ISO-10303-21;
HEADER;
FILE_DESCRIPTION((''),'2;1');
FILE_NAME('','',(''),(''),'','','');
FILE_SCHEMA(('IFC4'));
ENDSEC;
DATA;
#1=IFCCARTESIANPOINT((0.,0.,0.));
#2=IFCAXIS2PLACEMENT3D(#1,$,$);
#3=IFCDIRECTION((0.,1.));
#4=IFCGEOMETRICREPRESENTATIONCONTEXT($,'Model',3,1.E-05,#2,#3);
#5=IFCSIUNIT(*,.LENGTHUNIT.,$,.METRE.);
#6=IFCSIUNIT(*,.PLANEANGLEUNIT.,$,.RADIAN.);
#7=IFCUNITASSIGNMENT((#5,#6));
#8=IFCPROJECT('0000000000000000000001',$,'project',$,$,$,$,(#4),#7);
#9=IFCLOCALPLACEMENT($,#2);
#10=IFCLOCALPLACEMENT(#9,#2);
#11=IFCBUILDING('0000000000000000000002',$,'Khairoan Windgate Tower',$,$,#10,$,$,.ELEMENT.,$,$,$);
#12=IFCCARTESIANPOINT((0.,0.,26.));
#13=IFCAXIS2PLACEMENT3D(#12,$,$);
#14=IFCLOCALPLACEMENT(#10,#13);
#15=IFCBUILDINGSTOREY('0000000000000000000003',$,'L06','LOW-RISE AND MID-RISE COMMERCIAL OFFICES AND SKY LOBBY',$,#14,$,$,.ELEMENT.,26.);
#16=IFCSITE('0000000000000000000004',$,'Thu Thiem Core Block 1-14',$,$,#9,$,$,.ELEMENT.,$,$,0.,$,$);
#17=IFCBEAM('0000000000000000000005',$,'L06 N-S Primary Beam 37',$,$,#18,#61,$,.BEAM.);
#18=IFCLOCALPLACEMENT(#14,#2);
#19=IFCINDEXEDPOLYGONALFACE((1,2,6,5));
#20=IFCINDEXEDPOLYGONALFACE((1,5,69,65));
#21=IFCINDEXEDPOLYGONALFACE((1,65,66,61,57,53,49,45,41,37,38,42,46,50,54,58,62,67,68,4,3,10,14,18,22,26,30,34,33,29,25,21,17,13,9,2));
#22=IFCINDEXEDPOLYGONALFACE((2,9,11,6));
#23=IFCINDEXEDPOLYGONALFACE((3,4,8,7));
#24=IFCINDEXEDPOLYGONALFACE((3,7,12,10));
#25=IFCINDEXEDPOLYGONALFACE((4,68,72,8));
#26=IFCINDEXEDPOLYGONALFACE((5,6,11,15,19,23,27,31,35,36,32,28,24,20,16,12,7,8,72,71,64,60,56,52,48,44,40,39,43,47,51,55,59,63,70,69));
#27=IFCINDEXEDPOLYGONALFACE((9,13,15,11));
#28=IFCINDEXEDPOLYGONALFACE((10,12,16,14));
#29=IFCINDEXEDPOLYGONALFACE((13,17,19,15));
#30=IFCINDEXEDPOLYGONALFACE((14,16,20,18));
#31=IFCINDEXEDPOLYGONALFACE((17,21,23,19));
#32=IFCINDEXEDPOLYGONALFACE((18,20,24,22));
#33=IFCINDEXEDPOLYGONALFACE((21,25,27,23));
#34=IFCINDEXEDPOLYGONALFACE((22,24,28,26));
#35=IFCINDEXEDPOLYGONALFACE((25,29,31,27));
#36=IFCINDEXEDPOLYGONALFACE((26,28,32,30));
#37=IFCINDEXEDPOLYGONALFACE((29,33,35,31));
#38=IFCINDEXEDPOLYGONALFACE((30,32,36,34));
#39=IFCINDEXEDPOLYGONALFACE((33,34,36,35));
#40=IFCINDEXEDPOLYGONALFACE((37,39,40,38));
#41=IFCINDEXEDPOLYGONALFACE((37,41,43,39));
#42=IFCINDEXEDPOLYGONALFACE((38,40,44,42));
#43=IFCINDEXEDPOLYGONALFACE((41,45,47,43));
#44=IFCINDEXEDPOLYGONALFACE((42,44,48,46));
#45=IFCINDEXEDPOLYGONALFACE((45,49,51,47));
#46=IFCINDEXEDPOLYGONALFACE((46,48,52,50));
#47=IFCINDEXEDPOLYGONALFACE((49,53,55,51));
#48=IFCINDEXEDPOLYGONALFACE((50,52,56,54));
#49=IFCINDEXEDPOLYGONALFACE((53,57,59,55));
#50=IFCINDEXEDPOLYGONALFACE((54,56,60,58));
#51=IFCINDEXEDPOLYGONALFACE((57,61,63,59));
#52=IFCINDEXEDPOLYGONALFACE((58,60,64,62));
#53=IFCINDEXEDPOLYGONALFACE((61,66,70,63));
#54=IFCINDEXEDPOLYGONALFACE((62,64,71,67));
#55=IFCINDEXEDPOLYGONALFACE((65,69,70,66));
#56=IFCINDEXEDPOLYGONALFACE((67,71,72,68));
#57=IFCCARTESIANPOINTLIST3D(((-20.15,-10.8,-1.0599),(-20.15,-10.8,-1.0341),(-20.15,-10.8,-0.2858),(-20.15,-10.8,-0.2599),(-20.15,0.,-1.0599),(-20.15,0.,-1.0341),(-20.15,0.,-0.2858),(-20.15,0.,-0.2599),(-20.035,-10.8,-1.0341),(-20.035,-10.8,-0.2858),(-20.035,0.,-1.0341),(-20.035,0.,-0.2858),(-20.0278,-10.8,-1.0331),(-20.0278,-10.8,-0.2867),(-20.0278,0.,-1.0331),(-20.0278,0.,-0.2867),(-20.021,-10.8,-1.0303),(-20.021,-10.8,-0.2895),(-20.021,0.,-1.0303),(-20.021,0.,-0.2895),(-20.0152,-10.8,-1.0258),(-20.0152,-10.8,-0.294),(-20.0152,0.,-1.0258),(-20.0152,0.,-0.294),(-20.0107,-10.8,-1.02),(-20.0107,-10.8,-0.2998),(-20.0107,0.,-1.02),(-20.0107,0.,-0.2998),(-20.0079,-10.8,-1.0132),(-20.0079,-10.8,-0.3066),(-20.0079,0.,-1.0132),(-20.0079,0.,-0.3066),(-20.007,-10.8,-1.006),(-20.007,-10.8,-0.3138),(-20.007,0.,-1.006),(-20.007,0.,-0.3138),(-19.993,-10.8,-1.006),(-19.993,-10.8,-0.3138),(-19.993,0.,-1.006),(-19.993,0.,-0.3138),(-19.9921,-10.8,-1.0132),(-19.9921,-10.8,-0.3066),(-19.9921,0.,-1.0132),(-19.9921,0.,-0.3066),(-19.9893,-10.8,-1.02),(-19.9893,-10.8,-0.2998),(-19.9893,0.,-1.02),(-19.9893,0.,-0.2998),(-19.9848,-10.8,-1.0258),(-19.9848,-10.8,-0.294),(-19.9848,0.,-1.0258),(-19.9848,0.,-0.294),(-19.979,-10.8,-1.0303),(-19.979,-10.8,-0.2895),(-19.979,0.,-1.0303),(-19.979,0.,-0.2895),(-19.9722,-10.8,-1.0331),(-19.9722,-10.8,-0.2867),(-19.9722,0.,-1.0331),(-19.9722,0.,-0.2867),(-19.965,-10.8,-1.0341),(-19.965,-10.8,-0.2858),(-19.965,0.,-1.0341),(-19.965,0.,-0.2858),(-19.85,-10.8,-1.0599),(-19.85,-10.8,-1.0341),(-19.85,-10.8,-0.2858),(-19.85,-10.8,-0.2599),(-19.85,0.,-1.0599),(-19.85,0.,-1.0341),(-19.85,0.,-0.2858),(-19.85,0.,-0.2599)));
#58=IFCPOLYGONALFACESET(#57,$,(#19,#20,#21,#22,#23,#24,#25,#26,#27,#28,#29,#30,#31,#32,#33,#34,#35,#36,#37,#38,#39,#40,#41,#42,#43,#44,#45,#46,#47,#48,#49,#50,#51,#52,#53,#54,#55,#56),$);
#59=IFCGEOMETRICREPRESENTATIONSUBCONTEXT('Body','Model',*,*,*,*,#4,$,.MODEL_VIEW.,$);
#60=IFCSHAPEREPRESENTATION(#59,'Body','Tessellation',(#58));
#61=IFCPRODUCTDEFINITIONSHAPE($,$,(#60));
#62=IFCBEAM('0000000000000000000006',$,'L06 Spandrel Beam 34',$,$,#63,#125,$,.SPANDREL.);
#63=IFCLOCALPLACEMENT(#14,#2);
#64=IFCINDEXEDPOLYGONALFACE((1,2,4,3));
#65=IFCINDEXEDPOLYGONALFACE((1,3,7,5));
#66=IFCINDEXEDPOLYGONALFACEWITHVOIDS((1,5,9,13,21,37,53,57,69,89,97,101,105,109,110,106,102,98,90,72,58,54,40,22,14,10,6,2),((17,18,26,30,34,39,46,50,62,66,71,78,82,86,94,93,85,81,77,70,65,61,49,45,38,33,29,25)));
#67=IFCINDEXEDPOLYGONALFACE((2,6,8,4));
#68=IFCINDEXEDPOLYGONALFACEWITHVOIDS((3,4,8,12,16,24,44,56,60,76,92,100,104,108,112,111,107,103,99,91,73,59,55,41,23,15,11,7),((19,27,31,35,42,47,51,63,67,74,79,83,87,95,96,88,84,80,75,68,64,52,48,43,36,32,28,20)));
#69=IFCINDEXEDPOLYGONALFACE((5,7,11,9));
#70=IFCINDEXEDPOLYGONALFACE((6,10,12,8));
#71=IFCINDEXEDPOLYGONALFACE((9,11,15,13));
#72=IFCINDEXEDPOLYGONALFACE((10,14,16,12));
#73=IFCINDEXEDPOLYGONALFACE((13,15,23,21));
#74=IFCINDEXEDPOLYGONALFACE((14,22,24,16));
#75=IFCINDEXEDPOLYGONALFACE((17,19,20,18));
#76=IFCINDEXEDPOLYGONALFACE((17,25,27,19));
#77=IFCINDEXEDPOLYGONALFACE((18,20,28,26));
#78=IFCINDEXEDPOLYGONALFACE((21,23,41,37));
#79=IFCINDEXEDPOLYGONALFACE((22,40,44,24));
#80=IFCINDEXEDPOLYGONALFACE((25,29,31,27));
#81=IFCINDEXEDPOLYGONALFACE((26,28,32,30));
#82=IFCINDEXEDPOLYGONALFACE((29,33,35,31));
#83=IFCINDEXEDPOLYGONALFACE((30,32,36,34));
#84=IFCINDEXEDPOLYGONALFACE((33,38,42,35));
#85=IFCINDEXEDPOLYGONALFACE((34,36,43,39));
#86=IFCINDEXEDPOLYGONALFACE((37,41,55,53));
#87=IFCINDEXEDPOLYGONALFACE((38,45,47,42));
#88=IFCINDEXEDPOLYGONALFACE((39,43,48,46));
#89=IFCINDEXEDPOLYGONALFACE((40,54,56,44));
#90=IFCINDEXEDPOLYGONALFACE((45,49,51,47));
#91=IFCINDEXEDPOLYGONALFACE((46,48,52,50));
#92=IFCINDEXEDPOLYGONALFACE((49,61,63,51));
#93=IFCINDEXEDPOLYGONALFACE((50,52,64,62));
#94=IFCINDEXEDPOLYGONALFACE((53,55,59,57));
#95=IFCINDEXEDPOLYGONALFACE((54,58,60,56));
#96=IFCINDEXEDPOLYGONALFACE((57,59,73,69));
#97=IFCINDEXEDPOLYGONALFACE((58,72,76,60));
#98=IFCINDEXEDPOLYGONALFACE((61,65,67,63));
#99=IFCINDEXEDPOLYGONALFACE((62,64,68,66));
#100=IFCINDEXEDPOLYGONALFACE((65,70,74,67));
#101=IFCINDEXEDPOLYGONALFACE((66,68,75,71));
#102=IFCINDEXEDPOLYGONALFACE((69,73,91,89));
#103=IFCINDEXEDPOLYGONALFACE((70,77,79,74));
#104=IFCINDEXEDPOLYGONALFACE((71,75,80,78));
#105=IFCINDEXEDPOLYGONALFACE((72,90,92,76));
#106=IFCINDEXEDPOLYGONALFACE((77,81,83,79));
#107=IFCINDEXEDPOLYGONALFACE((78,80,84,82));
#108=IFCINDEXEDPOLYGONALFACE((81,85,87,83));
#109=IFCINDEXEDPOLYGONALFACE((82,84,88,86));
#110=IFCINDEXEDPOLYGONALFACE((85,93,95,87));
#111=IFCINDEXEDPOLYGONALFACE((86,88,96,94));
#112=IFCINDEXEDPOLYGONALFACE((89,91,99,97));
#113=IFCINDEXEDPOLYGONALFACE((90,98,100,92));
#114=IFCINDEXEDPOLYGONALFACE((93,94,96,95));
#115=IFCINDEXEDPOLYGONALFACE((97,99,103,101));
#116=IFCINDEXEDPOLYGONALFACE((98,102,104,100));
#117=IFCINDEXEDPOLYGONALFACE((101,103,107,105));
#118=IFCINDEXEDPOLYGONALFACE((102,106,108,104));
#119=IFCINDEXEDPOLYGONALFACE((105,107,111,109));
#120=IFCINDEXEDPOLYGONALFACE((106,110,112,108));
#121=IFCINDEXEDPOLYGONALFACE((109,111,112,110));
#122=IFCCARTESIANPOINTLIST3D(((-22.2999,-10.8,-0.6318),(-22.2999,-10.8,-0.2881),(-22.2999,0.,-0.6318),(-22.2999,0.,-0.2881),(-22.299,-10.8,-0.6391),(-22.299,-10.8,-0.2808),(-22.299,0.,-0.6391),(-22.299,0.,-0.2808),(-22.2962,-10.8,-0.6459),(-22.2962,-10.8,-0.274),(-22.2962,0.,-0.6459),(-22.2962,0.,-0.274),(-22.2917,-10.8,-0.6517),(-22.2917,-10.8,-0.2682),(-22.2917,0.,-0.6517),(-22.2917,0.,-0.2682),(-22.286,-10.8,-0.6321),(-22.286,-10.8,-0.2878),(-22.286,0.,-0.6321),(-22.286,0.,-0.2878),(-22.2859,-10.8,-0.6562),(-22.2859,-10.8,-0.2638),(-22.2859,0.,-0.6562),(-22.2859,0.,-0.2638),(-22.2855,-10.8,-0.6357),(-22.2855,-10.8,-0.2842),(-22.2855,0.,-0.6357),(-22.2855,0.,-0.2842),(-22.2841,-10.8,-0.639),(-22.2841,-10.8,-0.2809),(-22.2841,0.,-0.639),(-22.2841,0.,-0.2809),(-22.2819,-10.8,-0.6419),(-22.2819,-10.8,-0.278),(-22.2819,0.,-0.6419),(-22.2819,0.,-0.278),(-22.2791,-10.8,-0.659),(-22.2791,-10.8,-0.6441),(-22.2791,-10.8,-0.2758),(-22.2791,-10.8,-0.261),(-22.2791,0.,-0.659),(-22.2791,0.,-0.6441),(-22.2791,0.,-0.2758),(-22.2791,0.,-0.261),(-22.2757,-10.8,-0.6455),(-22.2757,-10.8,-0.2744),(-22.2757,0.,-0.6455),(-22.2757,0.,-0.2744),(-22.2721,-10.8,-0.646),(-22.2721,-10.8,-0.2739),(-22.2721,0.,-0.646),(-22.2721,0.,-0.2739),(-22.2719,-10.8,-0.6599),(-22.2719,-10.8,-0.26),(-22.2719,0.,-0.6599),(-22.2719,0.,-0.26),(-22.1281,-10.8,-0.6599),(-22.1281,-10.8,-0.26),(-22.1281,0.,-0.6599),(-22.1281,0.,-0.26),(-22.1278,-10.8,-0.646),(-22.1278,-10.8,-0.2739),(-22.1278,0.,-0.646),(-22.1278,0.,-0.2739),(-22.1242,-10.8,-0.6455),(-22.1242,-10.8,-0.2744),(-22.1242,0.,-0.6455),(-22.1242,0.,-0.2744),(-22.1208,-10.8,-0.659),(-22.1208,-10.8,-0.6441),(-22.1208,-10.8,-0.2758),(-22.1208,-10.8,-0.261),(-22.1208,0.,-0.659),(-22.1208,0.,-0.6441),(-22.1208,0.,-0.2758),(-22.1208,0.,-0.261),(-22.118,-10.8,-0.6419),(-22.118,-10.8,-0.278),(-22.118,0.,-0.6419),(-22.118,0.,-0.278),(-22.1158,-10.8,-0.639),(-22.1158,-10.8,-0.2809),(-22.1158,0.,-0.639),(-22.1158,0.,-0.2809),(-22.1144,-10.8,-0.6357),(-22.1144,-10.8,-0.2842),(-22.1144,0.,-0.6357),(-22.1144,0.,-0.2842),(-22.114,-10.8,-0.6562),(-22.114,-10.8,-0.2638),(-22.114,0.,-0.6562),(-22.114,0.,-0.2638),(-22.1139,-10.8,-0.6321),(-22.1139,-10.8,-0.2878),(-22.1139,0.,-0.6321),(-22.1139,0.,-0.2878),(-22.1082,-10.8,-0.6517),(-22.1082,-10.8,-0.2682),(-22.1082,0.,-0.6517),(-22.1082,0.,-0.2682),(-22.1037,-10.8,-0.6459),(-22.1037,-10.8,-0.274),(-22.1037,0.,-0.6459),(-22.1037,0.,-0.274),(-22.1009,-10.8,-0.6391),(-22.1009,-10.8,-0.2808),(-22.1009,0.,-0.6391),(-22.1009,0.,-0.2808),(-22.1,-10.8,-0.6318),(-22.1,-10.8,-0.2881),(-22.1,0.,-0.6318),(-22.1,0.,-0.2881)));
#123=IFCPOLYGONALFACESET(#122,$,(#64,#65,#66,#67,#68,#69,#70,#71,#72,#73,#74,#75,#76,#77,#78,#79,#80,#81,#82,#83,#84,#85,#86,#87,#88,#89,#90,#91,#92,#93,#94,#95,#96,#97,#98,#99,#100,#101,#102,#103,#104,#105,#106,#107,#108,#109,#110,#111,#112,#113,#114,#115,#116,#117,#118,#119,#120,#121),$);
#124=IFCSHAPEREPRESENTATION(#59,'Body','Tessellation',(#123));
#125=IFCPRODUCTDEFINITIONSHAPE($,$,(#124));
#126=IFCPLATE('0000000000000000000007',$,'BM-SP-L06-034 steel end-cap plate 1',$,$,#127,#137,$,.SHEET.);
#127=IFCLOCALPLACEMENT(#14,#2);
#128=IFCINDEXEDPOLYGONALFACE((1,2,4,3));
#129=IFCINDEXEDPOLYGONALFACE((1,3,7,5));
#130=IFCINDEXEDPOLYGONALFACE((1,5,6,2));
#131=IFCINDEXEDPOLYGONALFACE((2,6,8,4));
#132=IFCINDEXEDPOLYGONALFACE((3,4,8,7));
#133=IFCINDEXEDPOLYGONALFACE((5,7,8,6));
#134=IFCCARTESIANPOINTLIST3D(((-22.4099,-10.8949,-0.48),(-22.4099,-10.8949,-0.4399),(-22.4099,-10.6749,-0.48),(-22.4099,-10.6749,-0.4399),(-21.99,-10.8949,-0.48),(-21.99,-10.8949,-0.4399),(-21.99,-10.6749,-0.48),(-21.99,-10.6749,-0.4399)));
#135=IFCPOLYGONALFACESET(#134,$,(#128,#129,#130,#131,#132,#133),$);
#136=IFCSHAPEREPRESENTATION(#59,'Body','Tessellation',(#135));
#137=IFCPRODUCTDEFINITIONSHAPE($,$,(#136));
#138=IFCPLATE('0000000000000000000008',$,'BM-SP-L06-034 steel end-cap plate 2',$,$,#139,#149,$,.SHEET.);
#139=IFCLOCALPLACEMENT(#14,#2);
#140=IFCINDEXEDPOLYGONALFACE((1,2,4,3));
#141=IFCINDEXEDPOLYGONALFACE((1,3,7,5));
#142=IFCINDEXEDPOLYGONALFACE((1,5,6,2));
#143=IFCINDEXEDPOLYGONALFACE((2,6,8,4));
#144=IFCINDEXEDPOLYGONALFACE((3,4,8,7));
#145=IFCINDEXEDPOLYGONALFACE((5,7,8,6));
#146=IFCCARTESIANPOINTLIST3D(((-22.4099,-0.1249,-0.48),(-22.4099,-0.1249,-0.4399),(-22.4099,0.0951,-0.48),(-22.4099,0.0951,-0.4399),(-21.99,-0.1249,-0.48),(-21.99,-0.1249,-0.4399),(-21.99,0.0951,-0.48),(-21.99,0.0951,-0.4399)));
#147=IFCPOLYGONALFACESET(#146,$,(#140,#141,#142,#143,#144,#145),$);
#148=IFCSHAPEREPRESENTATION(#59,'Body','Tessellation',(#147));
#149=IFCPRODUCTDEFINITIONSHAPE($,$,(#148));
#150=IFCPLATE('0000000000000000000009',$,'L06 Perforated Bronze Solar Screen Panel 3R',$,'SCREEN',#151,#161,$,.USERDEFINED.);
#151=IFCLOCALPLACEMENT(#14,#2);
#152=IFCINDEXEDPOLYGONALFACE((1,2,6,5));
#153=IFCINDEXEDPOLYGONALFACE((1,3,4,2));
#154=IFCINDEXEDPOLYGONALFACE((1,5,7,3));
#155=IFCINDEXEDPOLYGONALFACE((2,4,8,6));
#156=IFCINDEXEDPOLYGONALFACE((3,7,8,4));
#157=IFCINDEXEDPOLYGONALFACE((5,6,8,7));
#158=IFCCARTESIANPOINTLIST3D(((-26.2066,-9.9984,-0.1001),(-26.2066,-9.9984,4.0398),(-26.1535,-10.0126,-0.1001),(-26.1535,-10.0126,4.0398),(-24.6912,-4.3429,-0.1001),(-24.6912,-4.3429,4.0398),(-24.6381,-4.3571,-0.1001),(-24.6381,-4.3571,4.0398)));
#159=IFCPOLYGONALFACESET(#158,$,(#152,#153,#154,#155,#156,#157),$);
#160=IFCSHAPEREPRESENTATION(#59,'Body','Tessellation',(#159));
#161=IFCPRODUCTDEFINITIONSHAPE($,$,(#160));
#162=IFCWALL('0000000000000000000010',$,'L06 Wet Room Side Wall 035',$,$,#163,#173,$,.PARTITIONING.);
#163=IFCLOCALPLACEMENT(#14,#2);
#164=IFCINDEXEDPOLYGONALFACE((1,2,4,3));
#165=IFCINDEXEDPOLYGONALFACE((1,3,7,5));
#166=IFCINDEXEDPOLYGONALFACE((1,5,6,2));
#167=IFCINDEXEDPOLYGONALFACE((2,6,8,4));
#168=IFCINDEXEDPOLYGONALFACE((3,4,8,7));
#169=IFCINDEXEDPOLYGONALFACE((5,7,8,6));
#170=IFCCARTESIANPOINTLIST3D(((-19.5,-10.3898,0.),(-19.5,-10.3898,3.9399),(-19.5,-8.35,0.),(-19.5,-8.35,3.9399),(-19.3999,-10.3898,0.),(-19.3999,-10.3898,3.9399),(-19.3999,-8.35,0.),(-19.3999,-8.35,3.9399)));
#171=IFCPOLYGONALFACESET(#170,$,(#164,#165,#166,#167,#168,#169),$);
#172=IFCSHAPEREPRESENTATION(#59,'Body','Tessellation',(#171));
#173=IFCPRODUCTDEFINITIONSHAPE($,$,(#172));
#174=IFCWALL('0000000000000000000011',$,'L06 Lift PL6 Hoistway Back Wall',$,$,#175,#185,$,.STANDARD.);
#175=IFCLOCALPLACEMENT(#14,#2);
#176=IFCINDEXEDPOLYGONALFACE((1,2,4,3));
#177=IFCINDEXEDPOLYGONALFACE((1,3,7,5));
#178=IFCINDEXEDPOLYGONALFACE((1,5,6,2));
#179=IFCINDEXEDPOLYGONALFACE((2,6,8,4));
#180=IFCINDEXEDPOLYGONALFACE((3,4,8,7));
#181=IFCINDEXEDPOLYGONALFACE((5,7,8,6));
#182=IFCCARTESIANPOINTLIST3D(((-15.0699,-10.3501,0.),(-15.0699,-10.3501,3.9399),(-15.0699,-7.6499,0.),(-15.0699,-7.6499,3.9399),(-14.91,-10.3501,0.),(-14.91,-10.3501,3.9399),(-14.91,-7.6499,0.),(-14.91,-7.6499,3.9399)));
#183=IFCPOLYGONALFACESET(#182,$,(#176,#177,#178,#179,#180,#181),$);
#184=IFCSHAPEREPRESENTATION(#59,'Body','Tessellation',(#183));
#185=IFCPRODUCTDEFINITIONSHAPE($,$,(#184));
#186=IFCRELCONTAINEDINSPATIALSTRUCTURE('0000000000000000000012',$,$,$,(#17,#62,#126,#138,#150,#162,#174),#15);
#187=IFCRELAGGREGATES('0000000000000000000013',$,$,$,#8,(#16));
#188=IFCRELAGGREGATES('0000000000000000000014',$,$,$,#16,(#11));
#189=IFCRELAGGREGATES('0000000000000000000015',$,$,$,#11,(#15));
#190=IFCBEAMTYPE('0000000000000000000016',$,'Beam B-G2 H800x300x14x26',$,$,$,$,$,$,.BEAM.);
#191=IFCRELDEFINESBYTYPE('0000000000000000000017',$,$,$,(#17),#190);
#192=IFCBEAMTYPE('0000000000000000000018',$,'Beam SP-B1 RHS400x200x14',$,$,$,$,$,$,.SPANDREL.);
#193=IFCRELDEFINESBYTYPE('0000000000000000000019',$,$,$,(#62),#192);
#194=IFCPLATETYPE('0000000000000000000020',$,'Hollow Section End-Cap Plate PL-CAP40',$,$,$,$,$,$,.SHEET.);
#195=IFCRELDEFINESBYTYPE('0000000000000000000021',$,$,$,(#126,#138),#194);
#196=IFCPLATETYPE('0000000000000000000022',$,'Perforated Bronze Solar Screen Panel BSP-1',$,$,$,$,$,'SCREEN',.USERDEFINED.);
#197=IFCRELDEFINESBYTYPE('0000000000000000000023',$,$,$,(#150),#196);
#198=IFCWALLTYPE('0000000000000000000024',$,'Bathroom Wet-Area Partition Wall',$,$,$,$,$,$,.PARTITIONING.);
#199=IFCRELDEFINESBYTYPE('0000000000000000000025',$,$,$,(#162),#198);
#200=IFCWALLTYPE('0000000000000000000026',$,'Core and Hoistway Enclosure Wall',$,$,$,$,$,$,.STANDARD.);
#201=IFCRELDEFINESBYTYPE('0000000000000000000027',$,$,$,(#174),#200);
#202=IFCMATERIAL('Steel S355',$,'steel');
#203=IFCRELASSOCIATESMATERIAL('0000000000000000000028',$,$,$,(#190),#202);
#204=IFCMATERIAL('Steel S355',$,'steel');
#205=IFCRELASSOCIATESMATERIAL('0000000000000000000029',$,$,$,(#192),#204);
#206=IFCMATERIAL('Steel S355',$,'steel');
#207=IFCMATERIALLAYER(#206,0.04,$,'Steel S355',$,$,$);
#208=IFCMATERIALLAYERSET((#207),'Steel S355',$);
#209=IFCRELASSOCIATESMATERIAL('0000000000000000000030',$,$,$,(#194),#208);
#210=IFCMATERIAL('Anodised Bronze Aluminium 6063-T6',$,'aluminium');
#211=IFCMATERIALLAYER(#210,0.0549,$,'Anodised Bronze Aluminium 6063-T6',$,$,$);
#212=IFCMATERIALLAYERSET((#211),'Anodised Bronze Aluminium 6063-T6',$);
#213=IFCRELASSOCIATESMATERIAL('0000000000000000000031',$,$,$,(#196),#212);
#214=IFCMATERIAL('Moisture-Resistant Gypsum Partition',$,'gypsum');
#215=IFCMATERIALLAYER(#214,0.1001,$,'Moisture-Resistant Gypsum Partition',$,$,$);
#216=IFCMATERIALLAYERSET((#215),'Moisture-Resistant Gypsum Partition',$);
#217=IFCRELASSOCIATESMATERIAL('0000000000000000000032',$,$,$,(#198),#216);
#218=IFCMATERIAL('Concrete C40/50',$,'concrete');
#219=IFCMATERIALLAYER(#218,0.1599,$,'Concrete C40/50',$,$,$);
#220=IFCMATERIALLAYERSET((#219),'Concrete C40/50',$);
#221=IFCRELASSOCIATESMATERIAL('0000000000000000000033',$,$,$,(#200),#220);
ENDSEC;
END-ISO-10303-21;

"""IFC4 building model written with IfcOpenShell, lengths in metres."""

from ifc_helpers import new_model, si_unit, direction, frame, frame_2d, origin, origin_2d, place, context, subcontext, project, spatial, rectangle, hollow_rectangle, i_section, extrude, material, layer, layer_set, material_profile, profile_set, type_object, element, save


model = new_model("IFC4")

# Units and contexts
model_context = context("Model", 3, precision=1e-05, world=origin(), true_north=direction((0.0, 1.0)))
body_context = subcontext(model_context, "Body", "Model", "MODEL_VIEW")
ifc_project = project(units=[si_unit("LENGTHUNIT", "METRE"), si_unit("PLANEANGLEUNIT", "RADIAN")], contexts=[model_context])

# Site, building, storey
site_placement = place(None, origin())
site = spatial("IfcSite", under=ifc_project, at=site_placement, Name="Thu Thiem Core Block 1-14", CompositionType="ELEMENT", RefElevation=0.0)
building_placement = place(site_placement, origin())
building = spatial("IfcBuilding", under=site, at=building_placement, Name="Khairoan Windgate Tower", CompositionType="ELEMENT")
storey_placement = place(building_placement, frame((0.0, 0.0, 26.0)))
storey = spatial("IfcBuildingStorey", under=building, at=storey_placement, Name="L06", Description="LOW-RISE AND MID-RISE COMMERCIAL OFFICES AND SKY LOBBY", CompositionType="ELEMENT", Elevation=26.0)

# Beams
ifc_material_1 = material(Name="Steel S355", Category="steel")
ifc_material_profile_1 = material_profile(ifc_material_1, i_section(OverallWidth=0.3, OverallDepth=0.8, WebThickness=0.0139, FlangeThickness=0.0259, FilletRadius=0.0281, at=origin_2d()))
ifc_profile_set_1 = profile_set([ifc_material_profile_1], Name="Steel S355")
beam_type_1 = type_object("IfcBeamType", Name="Beam B-G2 H800x300x14x26", PredefinedType="BEAM", material=ifc_profile_set_1)
beam_1_placement = place(storey_placement, frame((-20.0, -10.8, -0.6599), z_axis=(0.0, 1.0, 0.0), x_axis=(-1.0, 0.0, 0.0)))
element("IfcBeam", 1, at=beam_1_placement, inside=storey, type_object=beam_type_1, Name="L06 N-S Primary Beam 37", PredefinedType="BEAM", context=body_context, shape_type="SweptSolid", body=[
    extrude(i_section(OverallWidth=0.3, OverallDepth=0.8, WebThickness=0.0139, FlangeThickness=0.0259, FilletRadius=0.0281, at=origin_2d()), origin(), (0.0, 0.0, 1.0), 10.8),
])
ifc_material_2 = material(Name="Steel S355", Category="steel")
ifc_material_profile_2 = material_profile(ifc_material_2, hollow_rectangle(XDim=0.2, YDim=0.3999, WallThickness=0.0139, InnerFilletRadius=0.0139, OuterFilletRadius=0.0281, at=origin_2d()))
ifc_profile_set_2 = profile_set([ifc_material_profile_2], Name="Steel S355")
beam_type_2 = type_object("IfcBeamType", Name="Beam SP-B1 RHS400x200x14", PredefinedType="SPANDREL", material=ifc_profile_set_2)
beam_2_placement = place(storey_placement, frame((-22.2, -10.8, -0.46), z_axis=(0.0, 1.0, 0.0), x_axis=(-1.0, 0.0, 0.0)))
element("IfcBeam", 2, at=beam_2_placement, inside=storey, type_object=beam_type_2, Name="L06 Spandrel Beam 34", PredefinedType="SPANDREL", context=body_context, shape_type="SweptSolid", body=[
    extrude(hollow_rectangle(XDim=0.2, YDim=0.3999, WallThickness=0.0139, InnerFilletRadius=0.0139, OuterFilletRadius=0.0281, at=origin_2d()), origin(), (0.0, 0.0, 1.0), 10.8),
])

# Plates
ifc_material_3 = material(Name="Steel S355", Category="steel")
ifc_layer_1 = layer(ifc_material_3, 0.04, Name="Steel S355")
ifc_layer_set_1 = layer_set([ifc_layer_1], Name="Steel S355")
plate_type_1 = type_object("IfcPlateType", Name="Hollow Section End-Cap Plate PL-CAP40", PredefinedType="SHEET", material=ifc_layer_set_1)
for number, where, z_axis, x_axis, name in (
    (3, (-22.2, -10.7849, -0.48), (0.0, 0.0, 1.0), (0.0, 1.0, 0.0), "BM-SP-L06-034 steel end-cap plate 1"),
    (4, (-22.2, -0.0149, -0.48), (0.0, 0.0, 1.0), (0.0, 1.0, 0.0), "BM-SP-L06-034 steel end-cap plate 2"),
):
    element("IfcPlate", number, at=place(storey_placement, frame(where, z_axis=z_axis, x_axis=x_axis)), inside=storey, type_object=plate_type_1, Name=name, PredefinedType="SHEET", context=body_context, shape_type="SweptSolid", body=[
        extrude(rectangle(XDim=0.22, YDim=0.4199, at=origin_2d()), origin(), (0.0, 0.0, 1.0), 0.04),
    ])
ifc_material_4 = material(Name="Anodised Bronze Aluminium 6063-T6", Category="aluminium")
ifc_layer_2 = layer(ifc_material_4, 0.0549, Name="Anodised Bronze Aluminium 6063-T6")
ifc_layer_set_2 = layer_set([ifc_layer_2], Name="Anodised Bronze Aluminium 6063-T6")
plate_type_2 = type_object("IfcPlateType", Name="Perforated Bronze Solar Screen Panel BSP-1", ElementType="SCREEN", PredefinedType="USERDEFINED", material=ifc_layer_set_2)
plate_placement = place(storey_placement, frame((-25.4224, -7.1777, -0.1001), z_axis=(0.0, 0.0, 1.0), x_axis=(0.258819, 0.965926, 0.0)))
element("IfcPlate", 5, at=plate_placement, inside=storey, type_object=plate_type_2, Name="L06 Perforated Bronze Solar Screen Panel 3R", ObjectType="SCREEN", PredefinedType="USERDEFINED", context=body_context, shape_type="SweptSolid", body=[
    extrude(rectangle(XDim=5.855, YDim=0.0549, at=origin_2d()), origin(), (0.0, 0.0, 1.0), 4.1399),
])

# Walls
ifc_material_5 = material(Name="Moisture-Resistant Gypsum Partition", Category="gypsum")
ifc_layer_3 = layer(ifc_material_5, 0.1001, Name="Moisture-Resistant Gypsum Partition")
ifc_layer_set_3 = layer_set([ifc_layer_3], Name="Moisture-Resistant Gypsum Partition")
wall_type_1 = type_object("IfcWallType", Name="Bathroom Wet-Area Partition Wall", PredefinedType="PARTITIONING", material=ifc_layer_set_3)
wall_1_placement = place(storey_placement, frame((-19.45, -10.3899, 0.0), z_axis=(0.0, 0.0, 1.0), x_axis=(0.0, 1.0, 0.0)))
element("IfcWall", 6, at=wall_1_placement, inside=storey, type_object=wall_type_1, Name="L06 Wet Room Side Wall 035", PredefinedType="PARTITIONING", context=body_context, shape_type="SweptSolid", body=[
    extrude(rectangle(XDim=2.0398, YDim=0.1001, at=frame_2d((1.02, 0.0))), origin(), (0.0, 0.0, 1.0), 3.9399),
])
ifc_material_6 = material(Name="Concrete C40/50", Category="concrete")
ifc_layer_4 = layer(ifc_material_6, 0.1599, Name="Concrete C40/50")
ifc_layer_set_4 = layer_set([ifc_layer_4], Name="Concrete C40/50")
wall_type_2 = type_object("IfcWallType", Name="Core and Hoistway Enclosure Wall", PredefinedType="STANDARD", material=ifc_layer_set_4)
wall_2_placement = place(storey_placement, frame((-14.99, -10.3501, 0.0), z_axis=(0.0, 0.0, 1.0), x_axis=(0.0, 1.0, 0.0)))
element("IfcWall", 7, at=wall_2_placement, inside=storey, type_object=wall_type_2, Name="L06 Lift PL6 Hoistway Back Wall", PredefinedType="STANDARD", context=body_context, shape_type="SweptSolid", body=[
    extrude(rectangle(XDim=2.7002, YDim=0.1599, at=frame_2d((1.3501, 0.0))), origin(), (0.0, 0.0, 1.0), 3.9399),
])

save(model, "model.ifc")
